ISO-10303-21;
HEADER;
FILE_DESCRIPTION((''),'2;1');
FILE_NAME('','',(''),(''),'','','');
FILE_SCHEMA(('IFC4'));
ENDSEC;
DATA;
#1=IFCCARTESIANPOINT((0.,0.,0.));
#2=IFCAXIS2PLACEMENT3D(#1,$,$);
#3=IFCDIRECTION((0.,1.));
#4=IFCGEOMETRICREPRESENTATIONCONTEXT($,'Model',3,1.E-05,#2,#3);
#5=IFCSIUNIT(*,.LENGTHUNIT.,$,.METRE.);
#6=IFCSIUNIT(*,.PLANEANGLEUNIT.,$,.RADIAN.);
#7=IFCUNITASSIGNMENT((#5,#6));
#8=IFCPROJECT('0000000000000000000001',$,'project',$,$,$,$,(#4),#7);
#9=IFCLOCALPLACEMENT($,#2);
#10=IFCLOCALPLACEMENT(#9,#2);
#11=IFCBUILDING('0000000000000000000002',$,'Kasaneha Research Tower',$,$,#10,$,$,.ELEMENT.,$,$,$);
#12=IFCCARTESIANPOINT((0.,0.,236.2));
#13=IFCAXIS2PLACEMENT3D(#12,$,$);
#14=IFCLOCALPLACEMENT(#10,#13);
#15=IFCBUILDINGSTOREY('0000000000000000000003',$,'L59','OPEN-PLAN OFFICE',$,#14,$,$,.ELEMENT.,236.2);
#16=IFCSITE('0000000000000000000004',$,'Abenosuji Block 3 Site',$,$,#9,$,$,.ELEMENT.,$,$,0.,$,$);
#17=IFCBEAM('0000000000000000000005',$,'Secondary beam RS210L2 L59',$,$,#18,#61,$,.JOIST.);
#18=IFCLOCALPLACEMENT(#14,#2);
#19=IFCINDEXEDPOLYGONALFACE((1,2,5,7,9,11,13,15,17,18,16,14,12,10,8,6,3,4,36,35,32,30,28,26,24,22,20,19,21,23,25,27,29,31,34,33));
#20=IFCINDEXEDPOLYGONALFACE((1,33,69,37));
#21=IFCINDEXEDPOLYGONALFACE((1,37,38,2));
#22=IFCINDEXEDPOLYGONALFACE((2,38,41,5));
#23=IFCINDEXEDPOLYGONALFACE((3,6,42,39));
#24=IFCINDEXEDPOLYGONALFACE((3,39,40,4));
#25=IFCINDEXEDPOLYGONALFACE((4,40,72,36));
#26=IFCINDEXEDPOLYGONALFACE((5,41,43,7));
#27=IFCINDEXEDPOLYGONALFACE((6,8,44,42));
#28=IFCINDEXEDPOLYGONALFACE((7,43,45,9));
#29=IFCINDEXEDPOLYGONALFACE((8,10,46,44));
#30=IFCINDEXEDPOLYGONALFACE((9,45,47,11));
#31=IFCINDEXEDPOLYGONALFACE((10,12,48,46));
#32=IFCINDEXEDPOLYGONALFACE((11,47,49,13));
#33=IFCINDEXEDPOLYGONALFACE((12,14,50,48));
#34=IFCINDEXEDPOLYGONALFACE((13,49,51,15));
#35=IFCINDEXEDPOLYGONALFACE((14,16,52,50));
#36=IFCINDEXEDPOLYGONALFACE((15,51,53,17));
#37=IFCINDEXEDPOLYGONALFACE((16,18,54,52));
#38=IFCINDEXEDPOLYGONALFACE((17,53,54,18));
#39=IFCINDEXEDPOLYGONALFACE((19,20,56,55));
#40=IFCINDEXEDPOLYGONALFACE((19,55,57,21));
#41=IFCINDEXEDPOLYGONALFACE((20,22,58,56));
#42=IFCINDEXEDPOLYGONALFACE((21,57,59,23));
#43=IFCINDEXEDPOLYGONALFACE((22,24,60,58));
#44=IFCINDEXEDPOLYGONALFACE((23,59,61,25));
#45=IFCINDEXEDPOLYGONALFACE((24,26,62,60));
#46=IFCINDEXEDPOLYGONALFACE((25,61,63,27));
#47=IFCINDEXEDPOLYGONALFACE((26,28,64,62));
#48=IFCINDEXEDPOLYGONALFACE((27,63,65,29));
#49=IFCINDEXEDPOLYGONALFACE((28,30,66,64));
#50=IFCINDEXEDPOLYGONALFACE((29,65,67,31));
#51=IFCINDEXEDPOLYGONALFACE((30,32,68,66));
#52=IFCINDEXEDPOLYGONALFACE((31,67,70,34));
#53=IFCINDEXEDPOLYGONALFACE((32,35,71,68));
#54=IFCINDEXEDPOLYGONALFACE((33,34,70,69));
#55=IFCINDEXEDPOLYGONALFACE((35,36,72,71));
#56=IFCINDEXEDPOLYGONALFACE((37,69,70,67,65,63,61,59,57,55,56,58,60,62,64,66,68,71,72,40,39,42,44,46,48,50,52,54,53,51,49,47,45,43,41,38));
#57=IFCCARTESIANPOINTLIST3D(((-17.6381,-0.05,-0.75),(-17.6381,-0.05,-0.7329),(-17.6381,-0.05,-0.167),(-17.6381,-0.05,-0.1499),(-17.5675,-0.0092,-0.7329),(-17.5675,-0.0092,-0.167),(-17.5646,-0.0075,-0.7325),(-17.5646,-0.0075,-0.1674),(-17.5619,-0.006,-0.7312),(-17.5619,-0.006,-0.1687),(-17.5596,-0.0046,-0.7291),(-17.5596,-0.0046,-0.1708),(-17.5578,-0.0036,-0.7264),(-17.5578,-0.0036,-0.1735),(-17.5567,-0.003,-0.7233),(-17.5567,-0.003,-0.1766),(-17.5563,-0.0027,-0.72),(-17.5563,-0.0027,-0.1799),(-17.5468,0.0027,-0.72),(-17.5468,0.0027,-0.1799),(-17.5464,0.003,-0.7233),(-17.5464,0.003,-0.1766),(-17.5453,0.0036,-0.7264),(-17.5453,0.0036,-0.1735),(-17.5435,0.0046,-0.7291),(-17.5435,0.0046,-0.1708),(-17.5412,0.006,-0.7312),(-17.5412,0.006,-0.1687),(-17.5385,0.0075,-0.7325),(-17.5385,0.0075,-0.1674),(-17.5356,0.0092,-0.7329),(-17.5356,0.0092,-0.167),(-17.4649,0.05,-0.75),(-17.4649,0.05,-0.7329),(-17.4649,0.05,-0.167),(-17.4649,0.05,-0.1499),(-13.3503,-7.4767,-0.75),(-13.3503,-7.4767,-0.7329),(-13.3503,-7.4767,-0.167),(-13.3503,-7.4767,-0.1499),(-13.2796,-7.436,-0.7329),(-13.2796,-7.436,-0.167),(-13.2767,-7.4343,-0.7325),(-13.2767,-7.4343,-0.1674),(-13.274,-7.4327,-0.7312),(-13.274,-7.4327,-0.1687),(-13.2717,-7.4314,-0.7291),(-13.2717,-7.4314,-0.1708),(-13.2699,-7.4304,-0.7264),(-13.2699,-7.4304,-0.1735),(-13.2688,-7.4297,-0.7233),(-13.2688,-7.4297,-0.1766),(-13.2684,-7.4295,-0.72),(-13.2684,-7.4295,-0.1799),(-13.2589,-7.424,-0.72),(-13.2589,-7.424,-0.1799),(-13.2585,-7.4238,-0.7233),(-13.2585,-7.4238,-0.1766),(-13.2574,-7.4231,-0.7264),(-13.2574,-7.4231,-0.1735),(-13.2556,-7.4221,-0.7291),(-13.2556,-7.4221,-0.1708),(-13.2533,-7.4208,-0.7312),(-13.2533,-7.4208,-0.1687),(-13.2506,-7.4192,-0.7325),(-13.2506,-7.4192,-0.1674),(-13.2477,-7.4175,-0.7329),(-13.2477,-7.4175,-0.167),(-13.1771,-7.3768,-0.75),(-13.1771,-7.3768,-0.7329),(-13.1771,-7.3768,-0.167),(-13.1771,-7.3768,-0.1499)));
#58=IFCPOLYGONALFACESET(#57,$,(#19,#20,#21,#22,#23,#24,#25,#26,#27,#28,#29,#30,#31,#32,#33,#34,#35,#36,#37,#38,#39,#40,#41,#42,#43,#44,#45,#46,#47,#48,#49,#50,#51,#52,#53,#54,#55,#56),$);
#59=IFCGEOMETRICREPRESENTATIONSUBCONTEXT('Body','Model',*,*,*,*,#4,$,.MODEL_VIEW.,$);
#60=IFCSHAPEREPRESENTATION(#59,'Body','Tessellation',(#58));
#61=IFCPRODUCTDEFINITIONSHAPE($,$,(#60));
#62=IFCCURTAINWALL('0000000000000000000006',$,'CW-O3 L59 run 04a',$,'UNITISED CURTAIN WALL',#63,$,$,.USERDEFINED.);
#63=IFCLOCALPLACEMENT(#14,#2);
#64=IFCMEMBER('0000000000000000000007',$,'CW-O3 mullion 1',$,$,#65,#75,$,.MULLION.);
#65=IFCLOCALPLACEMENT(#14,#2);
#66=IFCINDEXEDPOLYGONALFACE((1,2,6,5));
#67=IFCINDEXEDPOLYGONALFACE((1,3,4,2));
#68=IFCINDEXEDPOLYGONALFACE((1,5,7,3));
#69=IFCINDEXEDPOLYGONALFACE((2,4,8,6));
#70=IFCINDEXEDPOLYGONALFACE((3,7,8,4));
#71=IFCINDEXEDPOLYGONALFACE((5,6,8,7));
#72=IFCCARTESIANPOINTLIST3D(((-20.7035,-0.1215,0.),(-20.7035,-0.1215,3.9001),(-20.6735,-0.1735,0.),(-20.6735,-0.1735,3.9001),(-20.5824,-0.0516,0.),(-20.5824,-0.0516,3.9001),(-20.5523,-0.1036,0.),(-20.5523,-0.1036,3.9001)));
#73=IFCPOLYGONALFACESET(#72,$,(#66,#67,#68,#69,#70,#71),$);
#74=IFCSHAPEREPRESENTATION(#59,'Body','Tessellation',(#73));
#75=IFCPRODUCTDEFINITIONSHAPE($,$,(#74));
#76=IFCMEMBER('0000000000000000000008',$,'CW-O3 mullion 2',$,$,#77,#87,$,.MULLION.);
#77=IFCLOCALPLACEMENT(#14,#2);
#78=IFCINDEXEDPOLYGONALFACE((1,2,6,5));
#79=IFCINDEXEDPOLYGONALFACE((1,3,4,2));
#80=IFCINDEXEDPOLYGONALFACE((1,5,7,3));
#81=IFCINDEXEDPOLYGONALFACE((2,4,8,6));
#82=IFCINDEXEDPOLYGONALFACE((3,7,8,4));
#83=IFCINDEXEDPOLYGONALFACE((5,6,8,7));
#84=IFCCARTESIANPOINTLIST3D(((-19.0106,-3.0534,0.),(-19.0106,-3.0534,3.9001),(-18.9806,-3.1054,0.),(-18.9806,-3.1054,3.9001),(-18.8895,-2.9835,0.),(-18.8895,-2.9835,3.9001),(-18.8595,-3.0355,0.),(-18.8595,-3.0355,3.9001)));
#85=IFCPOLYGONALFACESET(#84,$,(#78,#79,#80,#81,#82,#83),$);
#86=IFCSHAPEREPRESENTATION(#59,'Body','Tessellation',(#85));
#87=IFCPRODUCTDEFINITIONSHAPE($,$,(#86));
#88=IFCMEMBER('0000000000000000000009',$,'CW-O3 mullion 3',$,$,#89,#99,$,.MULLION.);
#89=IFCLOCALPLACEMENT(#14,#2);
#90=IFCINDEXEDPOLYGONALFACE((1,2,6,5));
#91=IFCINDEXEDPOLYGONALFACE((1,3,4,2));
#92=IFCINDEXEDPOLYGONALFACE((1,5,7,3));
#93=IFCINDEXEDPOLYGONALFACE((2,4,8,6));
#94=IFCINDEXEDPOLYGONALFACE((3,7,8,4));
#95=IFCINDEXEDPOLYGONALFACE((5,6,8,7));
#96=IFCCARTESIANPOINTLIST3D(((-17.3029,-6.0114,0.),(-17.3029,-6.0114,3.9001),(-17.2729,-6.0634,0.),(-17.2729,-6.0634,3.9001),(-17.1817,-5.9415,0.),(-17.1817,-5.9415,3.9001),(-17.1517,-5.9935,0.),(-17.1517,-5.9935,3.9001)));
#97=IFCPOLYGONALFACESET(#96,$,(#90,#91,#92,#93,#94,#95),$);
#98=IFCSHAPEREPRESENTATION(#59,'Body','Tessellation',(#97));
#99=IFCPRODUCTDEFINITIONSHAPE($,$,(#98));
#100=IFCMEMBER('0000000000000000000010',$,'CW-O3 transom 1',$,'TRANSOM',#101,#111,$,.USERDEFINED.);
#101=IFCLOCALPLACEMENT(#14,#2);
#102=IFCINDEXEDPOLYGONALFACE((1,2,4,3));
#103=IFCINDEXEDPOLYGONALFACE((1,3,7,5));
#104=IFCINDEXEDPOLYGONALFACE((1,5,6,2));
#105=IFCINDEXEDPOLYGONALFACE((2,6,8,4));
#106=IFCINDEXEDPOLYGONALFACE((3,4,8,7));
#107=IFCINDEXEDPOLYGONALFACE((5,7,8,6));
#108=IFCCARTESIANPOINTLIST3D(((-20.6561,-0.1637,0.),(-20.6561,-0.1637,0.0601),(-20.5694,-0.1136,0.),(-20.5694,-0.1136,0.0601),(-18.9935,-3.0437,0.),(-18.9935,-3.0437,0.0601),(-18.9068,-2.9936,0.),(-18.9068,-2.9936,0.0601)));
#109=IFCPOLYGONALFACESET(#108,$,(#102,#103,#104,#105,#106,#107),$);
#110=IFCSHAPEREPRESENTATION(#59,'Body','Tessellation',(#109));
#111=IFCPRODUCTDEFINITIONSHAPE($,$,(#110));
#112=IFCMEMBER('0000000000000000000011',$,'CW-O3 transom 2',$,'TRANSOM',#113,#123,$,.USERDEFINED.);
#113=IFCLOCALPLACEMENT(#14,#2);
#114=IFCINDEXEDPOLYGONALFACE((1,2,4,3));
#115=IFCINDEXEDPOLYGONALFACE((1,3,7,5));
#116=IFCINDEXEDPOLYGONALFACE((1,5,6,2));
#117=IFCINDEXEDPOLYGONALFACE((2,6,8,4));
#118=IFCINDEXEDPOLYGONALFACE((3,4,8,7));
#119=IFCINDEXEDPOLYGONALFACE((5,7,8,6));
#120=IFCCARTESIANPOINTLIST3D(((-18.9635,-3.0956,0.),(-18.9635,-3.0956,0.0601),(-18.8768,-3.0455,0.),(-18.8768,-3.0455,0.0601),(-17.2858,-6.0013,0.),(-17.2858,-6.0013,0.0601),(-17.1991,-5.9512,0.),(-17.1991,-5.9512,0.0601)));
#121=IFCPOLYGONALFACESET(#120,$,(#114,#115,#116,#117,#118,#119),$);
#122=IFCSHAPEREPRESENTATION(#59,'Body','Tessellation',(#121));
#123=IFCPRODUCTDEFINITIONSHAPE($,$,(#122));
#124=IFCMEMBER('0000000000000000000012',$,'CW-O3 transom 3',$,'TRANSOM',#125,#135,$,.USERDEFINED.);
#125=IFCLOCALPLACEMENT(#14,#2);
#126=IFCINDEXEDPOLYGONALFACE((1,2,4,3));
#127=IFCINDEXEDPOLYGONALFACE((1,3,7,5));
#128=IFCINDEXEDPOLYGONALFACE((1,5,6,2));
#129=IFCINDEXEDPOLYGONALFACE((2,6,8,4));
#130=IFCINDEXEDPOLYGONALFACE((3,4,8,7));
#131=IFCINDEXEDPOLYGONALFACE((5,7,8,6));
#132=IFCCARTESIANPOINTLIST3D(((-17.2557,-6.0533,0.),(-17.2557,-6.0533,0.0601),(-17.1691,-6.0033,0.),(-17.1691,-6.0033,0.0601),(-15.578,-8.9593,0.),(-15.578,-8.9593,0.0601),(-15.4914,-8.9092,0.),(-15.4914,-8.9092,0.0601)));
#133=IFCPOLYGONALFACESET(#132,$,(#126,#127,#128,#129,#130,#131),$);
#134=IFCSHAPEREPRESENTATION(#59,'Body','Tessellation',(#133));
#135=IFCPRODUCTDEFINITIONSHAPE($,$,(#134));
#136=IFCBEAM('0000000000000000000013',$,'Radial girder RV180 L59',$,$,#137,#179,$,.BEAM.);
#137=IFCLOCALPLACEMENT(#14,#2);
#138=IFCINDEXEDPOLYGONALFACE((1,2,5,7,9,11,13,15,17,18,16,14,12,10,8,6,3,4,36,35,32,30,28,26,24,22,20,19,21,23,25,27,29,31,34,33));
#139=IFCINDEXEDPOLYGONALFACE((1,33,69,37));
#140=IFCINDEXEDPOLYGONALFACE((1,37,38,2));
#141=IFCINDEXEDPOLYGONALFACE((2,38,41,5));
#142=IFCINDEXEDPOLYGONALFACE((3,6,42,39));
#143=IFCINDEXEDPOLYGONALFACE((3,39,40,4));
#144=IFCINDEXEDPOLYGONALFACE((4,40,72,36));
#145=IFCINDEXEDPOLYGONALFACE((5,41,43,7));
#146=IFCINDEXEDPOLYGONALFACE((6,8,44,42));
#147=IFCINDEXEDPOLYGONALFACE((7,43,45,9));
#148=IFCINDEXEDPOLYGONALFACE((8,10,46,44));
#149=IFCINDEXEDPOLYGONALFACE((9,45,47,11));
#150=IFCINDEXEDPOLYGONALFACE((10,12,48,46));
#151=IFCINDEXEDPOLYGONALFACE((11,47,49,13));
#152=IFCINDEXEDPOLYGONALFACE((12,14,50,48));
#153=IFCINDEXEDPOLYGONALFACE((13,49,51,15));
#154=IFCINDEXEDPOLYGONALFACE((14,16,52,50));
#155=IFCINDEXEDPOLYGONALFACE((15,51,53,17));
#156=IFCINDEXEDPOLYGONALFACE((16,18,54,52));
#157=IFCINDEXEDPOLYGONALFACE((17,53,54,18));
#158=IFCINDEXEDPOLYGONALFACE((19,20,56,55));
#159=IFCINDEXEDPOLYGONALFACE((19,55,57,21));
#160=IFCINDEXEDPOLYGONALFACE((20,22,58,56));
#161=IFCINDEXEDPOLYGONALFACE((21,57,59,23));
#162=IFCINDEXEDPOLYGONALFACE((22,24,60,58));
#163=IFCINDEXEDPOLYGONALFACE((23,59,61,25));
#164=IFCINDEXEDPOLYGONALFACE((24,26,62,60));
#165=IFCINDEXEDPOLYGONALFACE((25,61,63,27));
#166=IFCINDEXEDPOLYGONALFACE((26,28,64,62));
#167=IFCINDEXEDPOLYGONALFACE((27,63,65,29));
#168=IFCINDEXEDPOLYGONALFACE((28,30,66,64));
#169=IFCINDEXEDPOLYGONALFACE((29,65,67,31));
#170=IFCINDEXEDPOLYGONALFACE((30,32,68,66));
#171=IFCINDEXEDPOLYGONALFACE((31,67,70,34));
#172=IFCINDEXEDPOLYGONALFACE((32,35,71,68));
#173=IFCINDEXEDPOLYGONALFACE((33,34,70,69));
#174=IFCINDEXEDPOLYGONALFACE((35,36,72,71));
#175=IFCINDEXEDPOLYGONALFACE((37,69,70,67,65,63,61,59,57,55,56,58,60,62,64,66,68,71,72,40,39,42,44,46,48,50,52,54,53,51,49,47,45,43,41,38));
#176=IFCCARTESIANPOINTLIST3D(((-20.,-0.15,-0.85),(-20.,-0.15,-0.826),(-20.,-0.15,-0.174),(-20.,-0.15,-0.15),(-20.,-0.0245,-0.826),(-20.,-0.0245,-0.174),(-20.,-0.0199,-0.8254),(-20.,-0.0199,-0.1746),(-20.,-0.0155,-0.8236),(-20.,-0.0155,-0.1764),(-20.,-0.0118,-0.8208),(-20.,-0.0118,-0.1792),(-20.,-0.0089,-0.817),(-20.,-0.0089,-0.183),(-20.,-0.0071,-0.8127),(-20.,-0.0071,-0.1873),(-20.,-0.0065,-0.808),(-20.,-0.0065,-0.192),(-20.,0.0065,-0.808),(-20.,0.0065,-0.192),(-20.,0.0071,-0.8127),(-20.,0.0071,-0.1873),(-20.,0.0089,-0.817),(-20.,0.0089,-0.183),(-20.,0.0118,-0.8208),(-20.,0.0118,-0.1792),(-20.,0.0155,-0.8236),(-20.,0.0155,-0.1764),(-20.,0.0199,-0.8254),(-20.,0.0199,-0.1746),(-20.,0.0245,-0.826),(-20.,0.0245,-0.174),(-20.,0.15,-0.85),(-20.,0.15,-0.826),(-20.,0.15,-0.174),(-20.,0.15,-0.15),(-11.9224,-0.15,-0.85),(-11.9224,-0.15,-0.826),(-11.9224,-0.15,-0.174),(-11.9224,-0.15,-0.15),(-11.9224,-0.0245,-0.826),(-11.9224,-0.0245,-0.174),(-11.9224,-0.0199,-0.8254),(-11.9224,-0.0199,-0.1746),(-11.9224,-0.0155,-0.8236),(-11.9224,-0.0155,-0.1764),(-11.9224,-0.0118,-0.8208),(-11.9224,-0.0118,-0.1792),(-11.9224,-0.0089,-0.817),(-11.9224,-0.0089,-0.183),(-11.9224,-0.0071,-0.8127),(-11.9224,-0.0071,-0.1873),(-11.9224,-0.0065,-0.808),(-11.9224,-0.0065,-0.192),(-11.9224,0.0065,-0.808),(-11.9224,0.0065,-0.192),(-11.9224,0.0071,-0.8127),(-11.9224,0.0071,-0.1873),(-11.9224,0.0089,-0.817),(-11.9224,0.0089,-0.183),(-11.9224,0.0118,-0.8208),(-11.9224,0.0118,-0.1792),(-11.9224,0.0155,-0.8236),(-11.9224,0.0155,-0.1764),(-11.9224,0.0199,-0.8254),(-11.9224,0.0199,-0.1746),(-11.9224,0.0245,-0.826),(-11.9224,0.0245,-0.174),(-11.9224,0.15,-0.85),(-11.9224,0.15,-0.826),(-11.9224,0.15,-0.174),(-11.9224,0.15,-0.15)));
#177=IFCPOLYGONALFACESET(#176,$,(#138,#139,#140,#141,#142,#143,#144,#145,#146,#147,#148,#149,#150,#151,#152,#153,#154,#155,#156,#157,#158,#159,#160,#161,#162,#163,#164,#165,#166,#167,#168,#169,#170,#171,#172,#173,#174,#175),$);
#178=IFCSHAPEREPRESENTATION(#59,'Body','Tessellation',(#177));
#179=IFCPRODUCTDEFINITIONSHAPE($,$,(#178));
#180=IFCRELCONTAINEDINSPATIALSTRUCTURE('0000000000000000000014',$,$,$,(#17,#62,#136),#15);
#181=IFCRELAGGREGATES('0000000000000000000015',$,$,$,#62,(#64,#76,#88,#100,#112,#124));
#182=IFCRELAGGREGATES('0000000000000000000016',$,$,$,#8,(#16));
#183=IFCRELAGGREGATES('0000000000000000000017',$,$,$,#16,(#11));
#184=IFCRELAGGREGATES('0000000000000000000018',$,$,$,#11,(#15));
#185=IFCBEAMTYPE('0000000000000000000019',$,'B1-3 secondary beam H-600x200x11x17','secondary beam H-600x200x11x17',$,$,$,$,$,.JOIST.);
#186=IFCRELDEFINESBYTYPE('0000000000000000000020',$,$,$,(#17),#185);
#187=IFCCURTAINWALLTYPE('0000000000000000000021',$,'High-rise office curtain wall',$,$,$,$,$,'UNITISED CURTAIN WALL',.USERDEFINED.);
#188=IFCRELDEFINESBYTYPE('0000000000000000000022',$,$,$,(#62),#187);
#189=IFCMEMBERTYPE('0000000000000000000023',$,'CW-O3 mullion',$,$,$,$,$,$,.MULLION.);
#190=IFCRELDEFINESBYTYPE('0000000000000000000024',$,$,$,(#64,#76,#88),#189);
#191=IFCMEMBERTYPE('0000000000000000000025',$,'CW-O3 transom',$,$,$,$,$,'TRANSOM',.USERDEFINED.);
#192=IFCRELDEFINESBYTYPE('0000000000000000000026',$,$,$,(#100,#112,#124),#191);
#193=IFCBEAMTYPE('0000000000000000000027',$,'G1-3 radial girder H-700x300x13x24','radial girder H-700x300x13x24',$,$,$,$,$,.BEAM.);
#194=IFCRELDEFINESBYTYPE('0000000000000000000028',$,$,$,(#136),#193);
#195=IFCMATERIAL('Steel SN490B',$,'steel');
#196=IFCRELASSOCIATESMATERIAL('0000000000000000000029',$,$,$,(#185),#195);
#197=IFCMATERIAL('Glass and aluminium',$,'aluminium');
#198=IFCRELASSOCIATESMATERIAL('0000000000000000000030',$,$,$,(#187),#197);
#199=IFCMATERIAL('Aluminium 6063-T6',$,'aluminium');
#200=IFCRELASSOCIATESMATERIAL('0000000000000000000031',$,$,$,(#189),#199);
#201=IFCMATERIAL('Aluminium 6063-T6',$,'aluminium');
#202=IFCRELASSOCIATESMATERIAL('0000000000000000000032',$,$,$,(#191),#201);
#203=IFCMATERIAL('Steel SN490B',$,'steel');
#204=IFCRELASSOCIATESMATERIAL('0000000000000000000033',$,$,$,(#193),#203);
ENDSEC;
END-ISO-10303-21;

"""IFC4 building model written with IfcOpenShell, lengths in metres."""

from ifc_helpers import new_model, si_unit, direction, frame, origin, origin_2d, place, context, subcontext, project, spatial, rectangle, i_section, extrude, material, material_profile, profile_set, type_object, element, aggregate, save


model = new_model("IFC4")

# Units and contexts
model_context = context("Model", 3, precision=1e-05, world=origin(), true_north=direction((0.0, 1.0)))
body_context = subcontext(model_context, "Body", "Model", "MODEL_VIEW")
ifc_project = project(units=[si_unit("LENGTHUNIT", "METRE"), si_unit("PLANEANGLEUNIT", "RADIAN")], contexts=[model_context])

# Site, building, storey
site_placement = place(None, origin())
site = spatial("IfcSite", under=ifc_project, at=site_placement, Name="Abenosuji Block 3 Site", CompositionType="ELEMENT", RefElevation=0.0)
building_placement = place(site_placement, origin())
building = spatial("IfcBuilding", under=site, at=building_placement, Name="Kasaneha Research Tower", CompositionType="ELEMENT")
storey_placement = place(building_placement, frame((0.0, 0.0, 236.2)))
storey = spatial("IfcBuildingStorey", under=building, at=storey_placement, Name="L59", Description="OPEN-PLAN OFFICE", CompositionType="ELEMENT", Elevation=236.2)

# Beam
ifc_material_1 = material(Name="Steel SN490B", Category="steel")
ifc_material_profile_1 = material_profile(ifc_material_1, i_section(OverallWidth=0.2, OverallDepth=0.6001, WebThickness=0.011, FlangeThickness=0.0171, FilletRadius=0.0129, at=origin_2d()), Name="H-600x200x11x17")
ifc_profile_set_1 = profile_set([ifc_material_profile_1], Name="Steel SN490B")
beam_type_1 = type_object("IfcBeamType", Name="B1-3 secondary beam H-600x200x11x17", Description="secondary beam H-600x200x11x17", PredefinedType="JOIST", material=ifc_profile_set_1)
beam_1_placement = place(storey_placement, frame((-17.5515, 0.0, -0.45), z_axis=(0.5, -0.866025, 0.0), x_axis=(0.866025, 0.5, 0.0)))
element("IfcBeam", 1, at=beam_1_placement, inside=storey, type_object=beam_type_1, Name="Secondary beam RS210L2 L59", PredefinedType="JOIST", context=body_context, shape_type="SweptSolid", body=[
    extrude(i_section(OverallWidth=0.2, OverallDepth=0.6001, WebThickness=0.011, FlangeThickness=0.0171, FilletRadius=0.0129, at=origin_2d()), origin(), (0.0, 0.0, 1.0), 8.5757),
])

# Curtain wall, members
ifc_material_2 = material(Name="Glass and aluminium", Category="aluminium")
curtain_wall_type = type_object("IfcCurtainWallType", Name="High-rise office curtain wall", ElementType="UNITISED CURTAIN WALL", PredefinedType="USERDEFINED", material=ifc_material_2)
curtain_wall_placement = place(storey_placement, origin())
curtain_wall = element("IfcCurtainWall", 2, at=curtain_wall_placement, inside=storey, type_object=curtain_wall_type, Name="CW-O3 L59 run 04a", ObjectType="UNITISED CURTAIN WALL", PredefinedType="USERDEFINED")
ifc_material_3 = material(Name="Aluminium 6063-T6", Category="aluminium")
ifc_material_profile_2 = material_profile(ifc_material_3, rectangle(XDim=0.0601, YDim=0.1399, at=origin_2d()), Name="CW-O3 mullion 60x140")
ifc_profile_set_2 = profile_set([ifc_material_profile_2], Name="Aluminium 6063-T6")
member_type_1 = type_object("IfcMemberType", Name="CW-O3 mullion", PredefinedType="MULLION", material=ifc_profile_set_2)
member_1_placement = place(storey_placement, frame((-20.6279, -0.1125, 0.0), z_axis=(0.0, 0.0, 1.0), x_axis=(0.5, -0.866025, 0.0)))
member_1 = element("IfcMember", 3, at=member_1_placement, type_object=member_type_1, Name="CW-O3 mullion 1", PredefinedType="MULLION", context=body_context, shape_type="SweptSolid", body=[
    extrude(rectangle(XDim=0.0601, YDim=0.1399, at=origin_2d()), origin(), (0.0, 0.0, 1.0), 3.9001),
])
member_2_placement = place(storey_placement, frame((-18.9351, -3.0444, 0.0), z_axis=(0.0, 0.0, 1.0), x_axis=(0.5, -0.866025, 0.0)))
member_2 = element("IfcMember", 4, at=member_2_placement, type_object=member_type_1, Name="CW-O3 mullion 2", PredefinedType="MULLION", context=body_context, shape_type="SweptSolid", body=[
    extrude(rectangle(XDim=0.0601, YDim=0.1399, at=origin_2d()), origin(), (0.0, 0.0, 1.0), 3.9001),
])
member_3_placement = place(storey_placement, frame((-17.2273, -6.0024, 0.0), z_axis=(0.0, 0.0, 1.0), x_axis=(0.5, -0.866025, 0.0)))
member_3 = element("IfcMember", 5, at=member_3_placement, type_object=member_type_1, Name="CW-O3 mullion 3", PredefinedType="MULLION", context=body_context, shape_type="SweptSolid", body=[
    extrude(rectangle(XDim=0.0601, YDim=0.1399, at=origin_2d()), origin(), (0.0, 0.0, 1.0), 3.9001),
])
ifc_material_4 = material(Name="Aluminium 6063-T6", Category="aluminium")
ifc_material_profile_3 = material_profile(ifc_material_4, rectangle(XDim=0.1001, YDim=0.0601, at=origin_2d()), Name="CW-O3 transom 100x60")
ifc_profile_set_3 = profile_set([ifc_material_profile_3], Name="Aluminium 6063-T6")
member_type_2 = type_object("IfcMemberType", Name="CW-O3 transom", ElementType="TRANSOM", PredefinedType="USERDEFINED", material=ifc_profile_set_3)
member_4_placement = place(storey_placement, frame((-20.6128, -0.1387, 0.03), z_axis=(0.499977, -0.866039, 0.0), x_axis=(0.866039, 0.499977, 0.0)))
member_4 = element("IfcMember", 6, at=member_4_placement, type_object=member_type_2, Name="CW-O3 transom 1", ObjectType="TRANSOM", PredefinedType="USERDEFINED", context=body_context, shape_type="SweptSolid", body=[
    extrude(rectangle(XDim=0.1001, YDim=0.0601, at=origin_2d()), origin(), (0.0, 0.0, 1.0), 3.3254),
])
member_5_placement = place(storey_placement, frame((-18.9202, -3.0706, 0.03), z_axis=(0.500021, -0.866014, 0.0), x_axis=(0.866014, 0.500021, 0.0)))
member_5 = element("IfcMember", 7, at=member_5_placement, type_object=member_type_2, Name="CW-O3 transom 2", ObjectType="TRANSOM", PredefinedType="USERDEFINED", context=body_context, shape_type="SweptSolid", body=[
    extrude(rectangle(XDim=0.1001, YDim=0.0601, at=origin_2d()), origin(), (0.0, 0.0, 1.0), 3.3552),
])
member_6_placement = place(storey_placement, frame((-17.2124, -6.0283, 0.03), z_axis=(0.499989, -0.866032, 0.0), x_axis=(0.866032, 0.499989, 0.0)))
member_6 = element("IfcMember", 8, at=member_6_placement, type_object=member_type_2, Name="CW-O3 transom 3", ObjectType="TRANSOM", PredefinedType="USERDEFINED", context=body_context, shape_type="SweptSolid", body=[
    extrude(rectangle(XDim=0.1001, YDim=0.0601, at=origin_2d()), origin(), (0.0, 0.0, 1.0), 3.3555),
])

# Beam
ifc_material_5 = material(Name="Steel SN490B", Category="steel")
ifc_material_profile_4 = material_profile(ifc_material_5, i_section(OverallWidth=0.3, OverallDepth=0.7, WebThickness=0.0129, FlangeThickness=0.0239, FilletRadius=0.0181, at=origin_2d()), Name="H-700x300x13x24")
ifc_profile_set_4 = profile_set([ifc_material_profile_4], Name="Steel SN490B")
beam_type_2 = type_object("IfcBeamType", Name="G1-3 radial girder H-700x300x13x24", Description="radial girder H-700x300x13x24", PredefinedType="BEAM", material=ifc_profile_set_4)
beam_2_placement = place(storey_placement, frame((-11.9224, 0.0, -0.5), z_axis=(-1.0, 0.0, 0.0), x_axis=(0.0, -1.0, 0.0)))
element("IfcBeam", 9, at=beam_2_placement, inside=storey, type_object=beam_type_2, Name="Radial girder RV180 L59", PredefinedType="BEAM", context=body_context, shape_type="SweptSolid", body=[
    extrude(i_section(OverallWidth=0.3, OverallDepth=0.7, WebThickness=0.0129, FlangeThickness=0.0239, FilletRadius=0.0181, at=origin_2d()), origin(), (0.0, 0.0, 1.0), 8.0776),
])

aggregate(curtain_wall, [member_1, member_2, member_3, member_4, member_5, member_6])

save(model, "model.ifc")
